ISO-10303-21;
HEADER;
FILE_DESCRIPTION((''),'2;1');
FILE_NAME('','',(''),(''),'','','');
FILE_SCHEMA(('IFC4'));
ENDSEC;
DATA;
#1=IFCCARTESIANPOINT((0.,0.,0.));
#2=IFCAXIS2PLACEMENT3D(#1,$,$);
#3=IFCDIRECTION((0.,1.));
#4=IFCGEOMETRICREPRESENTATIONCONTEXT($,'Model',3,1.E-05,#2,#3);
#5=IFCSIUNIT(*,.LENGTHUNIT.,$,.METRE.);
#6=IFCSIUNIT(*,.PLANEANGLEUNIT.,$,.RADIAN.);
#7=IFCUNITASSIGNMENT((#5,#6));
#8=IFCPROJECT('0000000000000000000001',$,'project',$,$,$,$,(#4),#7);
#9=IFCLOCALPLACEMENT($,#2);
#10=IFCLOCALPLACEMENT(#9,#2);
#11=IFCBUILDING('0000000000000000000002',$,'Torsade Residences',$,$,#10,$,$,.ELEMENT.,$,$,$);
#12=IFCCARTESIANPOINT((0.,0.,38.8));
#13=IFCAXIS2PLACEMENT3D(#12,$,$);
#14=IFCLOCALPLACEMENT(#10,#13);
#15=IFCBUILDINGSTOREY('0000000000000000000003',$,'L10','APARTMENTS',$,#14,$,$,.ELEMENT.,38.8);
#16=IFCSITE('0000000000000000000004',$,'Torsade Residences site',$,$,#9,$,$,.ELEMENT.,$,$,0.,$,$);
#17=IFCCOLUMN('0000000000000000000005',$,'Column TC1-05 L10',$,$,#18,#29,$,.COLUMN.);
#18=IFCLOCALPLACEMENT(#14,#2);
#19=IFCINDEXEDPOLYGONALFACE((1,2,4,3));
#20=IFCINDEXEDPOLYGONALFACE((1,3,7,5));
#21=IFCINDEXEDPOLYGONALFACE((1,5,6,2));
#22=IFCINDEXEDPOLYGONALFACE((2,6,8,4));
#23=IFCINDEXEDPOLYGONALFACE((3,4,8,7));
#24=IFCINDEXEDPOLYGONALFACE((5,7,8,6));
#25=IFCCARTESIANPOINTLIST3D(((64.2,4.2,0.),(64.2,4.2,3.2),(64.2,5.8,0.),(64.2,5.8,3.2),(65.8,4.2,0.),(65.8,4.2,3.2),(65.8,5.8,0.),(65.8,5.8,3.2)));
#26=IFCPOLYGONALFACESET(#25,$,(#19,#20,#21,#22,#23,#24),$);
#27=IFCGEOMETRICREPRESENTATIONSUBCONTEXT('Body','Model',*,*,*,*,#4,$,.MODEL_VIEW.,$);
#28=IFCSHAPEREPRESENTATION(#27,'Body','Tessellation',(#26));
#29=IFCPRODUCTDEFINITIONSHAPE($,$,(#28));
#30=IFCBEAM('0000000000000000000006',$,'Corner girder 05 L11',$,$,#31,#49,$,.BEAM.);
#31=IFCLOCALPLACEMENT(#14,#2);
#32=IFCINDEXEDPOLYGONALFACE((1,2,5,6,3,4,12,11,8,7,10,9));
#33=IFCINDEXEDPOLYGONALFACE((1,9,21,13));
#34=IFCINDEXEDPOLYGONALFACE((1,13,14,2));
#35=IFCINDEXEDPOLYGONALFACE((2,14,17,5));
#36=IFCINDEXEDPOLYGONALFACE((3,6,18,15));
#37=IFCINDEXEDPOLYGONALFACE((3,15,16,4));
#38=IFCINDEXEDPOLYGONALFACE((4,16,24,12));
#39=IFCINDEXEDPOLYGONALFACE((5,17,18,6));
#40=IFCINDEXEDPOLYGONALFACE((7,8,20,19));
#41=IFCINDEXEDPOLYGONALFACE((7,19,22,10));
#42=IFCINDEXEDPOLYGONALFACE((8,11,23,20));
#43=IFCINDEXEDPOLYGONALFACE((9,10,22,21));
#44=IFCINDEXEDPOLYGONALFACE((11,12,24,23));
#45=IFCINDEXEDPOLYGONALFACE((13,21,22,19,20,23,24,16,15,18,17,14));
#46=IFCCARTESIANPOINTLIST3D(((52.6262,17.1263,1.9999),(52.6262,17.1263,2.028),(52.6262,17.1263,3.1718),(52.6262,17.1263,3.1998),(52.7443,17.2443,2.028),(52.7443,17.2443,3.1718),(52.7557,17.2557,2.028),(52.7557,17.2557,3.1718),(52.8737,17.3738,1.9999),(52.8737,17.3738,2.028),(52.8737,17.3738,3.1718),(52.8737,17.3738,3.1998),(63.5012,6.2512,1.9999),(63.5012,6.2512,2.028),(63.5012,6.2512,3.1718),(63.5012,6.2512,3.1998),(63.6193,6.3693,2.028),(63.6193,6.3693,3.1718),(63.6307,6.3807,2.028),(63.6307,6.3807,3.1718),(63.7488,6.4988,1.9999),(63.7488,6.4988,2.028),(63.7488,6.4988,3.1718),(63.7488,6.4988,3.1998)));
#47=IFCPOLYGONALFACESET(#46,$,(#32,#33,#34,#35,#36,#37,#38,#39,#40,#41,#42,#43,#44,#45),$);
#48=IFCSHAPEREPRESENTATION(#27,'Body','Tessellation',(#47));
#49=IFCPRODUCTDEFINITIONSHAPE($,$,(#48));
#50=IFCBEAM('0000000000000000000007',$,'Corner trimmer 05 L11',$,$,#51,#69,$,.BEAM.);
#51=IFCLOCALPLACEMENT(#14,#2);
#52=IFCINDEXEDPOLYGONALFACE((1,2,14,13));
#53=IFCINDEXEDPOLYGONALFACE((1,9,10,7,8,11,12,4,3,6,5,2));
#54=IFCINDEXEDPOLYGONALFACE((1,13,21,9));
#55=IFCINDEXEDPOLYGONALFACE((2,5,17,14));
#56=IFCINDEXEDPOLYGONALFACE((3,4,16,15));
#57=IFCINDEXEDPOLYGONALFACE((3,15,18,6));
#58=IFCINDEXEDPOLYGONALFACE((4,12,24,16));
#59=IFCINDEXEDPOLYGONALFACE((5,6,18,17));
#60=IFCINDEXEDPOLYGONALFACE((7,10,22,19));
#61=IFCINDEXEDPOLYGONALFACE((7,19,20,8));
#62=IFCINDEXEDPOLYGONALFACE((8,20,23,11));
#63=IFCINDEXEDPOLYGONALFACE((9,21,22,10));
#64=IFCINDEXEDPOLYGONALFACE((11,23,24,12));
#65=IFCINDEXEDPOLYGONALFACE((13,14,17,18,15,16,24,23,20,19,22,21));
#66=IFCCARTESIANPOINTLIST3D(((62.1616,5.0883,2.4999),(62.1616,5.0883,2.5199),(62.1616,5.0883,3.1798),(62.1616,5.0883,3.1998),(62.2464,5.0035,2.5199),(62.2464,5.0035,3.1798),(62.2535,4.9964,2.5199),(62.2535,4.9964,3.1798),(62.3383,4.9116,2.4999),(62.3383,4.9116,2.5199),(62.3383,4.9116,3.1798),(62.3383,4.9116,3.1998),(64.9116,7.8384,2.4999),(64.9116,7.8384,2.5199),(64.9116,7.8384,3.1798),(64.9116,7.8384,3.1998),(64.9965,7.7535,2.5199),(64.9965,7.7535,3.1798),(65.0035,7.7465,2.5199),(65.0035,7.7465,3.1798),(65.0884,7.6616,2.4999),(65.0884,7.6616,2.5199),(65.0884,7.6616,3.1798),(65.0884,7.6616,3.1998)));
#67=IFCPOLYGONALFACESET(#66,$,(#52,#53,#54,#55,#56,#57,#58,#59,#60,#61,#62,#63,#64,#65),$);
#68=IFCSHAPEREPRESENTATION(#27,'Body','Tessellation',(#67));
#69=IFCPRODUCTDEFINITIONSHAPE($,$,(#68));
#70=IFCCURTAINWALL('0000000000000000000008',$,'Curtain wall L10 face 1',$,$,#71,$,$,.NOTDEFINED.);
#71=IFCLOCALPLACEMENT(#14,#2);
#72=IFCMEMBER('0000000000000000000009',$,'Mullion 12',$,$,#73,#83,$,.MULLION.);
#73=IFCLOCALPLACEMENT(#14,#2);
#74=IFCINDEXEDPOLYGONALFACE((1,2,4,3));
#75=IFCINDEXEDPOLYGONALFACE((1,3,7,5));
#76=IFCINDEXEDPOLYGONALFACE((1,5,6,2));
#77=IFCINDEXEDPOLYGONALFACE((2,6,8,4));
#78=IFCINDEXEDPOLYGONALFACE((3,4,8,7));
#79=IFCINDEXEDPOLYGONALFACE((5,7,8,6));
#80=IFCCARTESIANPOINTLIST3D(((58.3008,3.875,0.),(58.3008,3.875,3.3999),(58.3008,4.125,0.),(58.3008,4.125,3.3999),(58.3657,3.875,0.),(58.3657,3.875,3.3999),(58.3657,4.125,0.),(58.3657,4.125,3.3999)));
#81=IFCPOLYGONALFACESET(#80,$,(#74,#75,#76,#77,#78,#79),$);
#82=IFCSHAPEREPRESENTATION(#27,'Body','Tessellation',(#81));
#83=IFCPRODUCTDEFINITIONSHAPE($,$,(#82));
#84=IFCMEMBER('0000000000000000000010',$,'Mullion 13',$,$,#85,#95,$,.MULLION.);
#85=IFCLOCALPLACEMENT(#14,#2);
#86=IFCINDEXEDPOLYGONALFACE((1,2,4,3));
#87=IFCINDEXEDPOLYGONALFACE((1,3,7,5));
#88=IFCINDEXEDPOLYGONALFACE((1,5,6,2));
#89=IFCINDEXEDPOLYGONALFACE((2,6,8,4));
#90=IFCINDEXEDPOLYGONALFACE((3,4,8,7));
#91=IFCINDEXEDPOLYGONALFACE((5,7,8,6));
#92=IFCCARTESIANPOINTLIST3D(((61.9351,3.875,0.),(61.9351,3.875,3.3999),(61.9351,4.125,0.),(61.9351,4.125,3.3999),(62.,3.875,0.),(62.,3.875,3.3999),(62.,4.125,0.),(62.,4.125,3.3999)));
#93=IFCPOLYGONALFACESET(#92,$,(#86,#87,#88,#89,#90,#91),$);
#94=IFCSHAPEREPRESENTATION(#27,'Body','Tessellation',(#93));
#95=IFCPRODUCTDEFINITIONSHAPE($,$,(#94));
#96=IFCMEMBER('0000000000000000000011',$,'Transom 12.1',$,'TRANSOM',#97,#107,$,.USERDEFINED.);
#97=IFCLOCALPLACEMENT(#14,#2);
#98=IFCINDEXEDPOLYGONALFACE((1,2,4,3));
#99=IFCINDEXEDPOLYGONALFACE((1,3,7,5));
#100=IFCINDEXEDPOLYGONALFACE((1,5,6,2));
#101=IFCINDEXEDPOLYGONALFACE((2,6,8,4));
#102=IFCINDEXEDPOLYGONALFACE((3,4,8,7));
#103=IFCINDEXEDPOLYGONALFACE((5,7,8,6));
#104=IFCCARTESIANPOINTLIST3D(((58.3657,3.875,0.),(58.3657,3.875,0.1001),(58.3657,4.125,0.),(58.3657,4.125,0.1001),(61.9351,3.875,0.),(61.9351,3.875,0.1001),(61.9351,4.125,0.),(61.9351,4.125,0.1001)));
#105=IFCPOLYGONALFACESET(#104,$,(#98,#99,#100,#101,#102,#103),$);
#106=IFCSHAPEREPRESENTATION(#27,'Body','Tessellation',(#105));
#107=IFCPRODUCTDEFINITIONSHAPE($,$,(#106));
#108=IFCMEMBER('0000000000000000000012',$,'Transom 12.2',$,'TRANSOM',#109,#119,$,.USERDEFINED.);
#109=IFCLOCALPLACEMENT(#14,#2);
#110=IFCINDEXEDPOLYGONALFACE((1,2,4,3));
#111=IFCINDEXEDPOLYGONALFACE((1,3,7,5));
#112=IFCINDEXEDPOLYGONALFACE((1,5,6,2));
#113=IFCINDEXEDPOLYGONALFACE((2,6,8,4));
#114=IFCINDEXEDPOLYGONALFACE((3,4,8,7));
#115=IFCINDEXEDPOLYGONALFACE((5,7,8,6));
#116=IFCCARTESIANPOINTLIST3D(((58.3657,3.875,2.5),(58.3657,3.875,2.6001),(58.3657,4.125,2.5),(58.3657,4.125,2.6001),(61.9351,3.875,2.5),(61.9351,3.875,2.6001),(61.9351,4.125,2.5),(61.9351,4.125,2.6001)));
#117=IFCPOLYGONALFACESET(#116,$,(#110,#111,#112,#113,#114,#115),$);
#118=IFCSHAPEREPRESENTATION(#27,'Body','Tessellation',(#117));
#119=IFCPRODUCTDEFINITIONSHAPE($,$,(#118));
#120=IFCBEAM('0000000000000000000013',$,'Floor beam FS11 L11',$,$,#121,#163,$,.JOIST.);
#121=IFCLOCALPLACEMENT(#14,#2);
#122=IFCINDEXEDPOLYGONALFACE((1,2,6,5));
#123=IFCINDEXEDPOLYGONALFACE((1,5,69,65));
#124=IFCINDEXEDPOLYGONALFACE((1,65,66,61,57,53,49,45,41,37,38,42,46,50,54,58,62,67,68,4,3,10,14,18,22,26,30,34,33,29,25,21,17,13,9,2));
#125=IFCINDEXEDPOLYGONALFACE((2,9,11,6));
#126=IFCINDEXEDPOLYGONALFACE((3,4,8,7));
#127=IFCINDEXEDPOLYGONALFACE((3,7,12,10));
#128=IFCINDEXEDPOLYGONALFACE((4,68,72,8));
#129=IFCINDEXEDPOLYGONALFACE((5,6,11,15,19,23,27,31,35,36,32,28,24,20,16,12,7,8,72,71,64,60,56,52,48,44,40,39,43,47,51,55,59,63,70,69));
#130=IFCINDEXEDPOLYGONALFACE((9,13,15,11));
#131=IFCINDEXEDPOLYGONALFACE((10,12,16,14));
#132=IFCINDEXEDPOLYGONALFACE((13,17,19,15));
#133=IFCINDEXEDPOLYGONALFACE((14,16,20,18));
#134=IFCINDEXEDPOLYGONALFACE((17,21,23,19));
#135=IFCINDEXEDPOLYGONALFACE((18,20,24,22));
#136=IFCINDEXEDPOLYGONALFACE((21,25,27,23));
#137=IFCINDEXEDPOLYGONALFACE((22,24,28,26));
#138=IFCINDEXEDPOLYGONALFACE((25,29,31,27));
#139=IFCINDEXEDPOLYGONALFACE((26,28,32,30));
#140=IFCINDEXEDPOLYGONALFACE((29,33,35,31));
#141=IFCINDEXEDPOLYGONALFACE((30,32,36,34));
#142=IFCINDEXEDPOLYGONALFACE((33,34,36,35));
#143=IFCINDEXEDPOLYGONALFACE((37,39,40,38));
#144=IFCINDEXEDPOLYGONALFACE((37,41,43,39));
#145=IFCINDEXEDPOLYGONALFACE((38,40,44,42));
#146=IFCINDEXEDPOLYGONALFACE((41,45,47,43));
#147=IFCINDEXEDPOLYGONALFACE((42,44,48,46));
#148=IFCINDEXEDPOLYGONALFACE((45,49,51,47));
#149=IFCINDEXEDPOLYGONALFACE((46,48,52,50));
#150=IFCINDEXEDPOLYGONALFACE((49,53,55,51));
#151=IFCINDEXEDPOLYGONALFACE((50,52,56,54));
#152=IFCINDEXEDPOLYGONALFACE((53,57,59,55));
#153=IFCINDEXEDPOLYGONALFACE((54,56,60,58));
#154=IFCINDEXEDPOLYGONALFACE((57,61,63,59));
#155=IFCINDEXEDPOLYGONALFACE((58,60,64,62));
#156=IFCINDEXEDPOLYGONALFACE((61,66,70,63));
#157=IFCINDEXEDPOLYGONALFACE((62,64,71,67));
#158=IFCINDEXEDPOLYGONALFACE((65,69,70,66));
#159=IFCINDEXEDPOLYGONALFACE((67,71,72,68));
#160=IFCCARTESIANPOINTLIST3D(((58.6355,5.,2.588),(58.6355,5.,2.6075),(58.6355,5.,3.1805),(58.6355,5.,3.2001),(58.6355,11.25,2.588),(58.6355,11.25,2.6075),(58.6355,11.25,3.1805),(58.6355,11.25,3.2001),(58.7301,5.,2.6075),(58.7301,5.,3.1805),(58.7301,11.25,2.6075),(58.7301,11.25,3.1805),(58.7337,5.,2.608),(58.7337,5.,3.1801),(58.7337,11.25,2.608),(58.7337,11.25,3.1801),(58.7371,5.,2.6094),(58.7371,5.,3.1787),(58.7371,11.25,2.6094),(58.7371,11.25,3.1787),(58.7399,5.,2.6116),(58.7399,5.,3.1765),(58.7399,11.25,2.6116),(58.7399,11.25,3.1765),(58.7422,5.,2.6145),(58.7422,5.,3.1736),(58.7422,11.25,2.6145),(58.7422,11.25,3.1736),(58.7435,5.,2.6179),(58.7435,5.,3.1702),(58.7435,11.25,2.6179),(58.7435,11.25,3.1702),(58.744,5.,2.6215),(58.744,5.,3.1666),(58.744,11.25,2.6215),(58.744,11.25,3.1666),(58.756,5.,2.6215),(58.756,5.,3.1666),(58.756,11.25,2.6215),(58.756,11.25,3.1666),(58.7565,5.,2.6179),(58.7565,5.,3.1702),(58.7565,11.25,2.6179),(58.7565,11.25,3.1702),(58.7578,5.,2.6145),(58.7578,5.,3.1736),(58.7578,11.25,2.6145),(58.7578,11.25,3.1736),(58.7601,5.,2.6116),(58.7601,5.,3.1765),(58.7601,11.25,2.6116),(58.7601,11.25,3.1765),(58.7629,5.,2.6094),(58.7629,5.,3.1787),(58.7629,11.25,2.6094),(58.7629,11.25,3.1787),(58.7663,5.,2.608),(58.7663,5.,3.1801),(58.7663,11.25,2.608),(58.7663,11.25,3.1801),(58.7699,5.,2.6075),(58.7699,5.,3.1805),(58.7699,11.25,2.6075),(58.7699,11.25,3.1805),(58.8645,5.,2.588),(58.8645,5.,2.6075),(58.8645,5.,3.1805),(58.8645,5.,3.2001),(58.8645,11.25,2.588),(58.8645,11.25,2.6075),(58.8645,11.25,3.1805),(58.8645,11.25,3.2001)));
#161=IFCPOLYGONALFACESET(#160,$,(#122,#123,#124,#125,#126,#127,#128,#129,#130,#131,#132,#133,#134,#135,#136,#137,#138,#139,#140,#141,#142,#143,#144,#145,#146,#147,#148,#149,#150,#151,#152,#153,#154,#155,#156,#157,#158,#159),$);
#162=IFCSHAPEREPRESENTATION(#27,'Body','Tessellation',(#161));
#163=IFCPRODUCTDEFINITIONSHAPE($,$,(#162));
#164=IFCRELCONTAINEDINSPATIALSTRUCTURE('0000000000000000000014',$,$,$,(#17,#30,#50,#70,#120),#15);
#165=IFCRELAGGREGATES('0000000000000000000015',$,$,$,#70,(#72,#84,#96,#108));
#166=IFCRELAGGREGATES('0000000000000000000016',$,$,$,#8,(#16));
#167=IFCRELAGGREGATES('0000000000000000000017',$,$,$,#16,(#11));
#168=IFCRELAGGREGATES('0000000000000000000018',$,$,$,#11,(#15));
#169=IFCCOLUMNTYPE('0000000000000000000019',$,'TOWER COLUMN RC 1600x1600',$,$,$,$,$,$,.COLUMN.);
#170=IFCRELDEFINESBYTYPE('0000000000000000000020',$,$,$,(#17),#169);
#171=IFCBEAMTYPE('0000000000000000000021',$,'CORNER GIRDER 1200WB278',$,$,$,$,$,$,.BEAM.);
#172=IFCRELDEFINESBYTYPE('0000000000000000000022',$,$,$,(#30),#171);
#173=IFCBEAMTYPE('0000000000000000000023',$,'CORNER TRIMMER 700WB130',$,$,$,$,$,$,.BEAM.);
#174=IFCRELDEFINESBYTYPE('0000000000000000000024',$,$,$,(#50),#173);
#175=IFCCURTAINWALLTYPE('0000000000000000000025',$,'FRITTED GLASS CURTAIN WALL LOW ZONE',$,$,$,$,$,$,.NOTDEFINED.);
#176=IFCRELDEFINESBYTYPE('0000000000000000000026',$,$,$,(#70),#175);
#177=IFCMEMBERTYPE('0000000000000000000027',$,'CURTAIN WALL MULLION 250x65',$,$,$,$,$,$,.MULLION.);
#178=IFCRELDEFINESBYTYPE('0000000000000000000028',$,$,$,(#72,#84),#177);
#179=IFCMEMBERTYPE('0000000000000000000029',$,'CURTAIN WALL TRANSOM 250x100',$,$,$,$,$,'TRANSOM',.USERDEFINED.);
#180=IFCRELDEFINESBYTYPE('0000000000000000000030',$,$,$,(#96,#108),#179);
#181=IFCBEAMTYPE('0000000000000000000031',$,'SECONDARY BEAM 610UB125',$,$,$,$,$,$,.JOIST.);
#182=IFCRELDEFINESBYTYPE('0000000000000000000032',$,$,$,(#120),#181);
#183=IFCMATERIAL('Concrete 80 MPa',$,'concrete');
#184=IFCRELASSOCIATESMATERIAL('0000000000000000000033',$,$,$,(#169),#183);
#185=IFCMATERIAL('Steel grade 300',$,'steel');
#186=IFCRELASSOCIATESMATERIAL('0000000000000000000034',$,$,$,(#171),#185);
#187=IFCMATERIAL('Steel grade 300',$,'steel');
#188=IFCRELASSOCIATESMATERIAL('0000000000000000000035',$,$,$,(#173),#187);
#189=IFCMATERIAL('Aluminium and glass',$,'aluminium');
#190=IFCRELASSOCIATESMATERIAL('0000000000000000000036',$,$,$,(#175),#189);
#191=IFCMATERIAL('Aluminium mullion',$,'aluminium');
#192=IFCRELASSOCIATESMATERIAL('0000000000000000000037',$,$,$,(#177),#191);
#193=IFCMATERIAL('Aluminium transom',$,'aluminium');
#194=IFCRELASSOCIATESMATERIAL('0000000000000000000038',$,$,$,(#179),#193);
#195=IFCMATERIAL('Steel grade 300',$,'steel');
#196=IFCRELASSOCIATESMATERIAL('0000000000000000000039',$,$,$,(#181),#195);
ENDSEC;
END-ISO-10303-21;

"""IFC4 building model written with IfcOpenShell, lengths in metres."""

from ifc_helpers import new_model, si_unit, direction, frame, origin, origin_2d, place, context, subcontext, project, spatial, rectangle, i_section, extrude, material, material_profile, profile_set, type_object, element, aggregate, save


model = new_model("IFC4")

# Units and contexts
model_context = context("Model", 3, precision=1e-05, world=origin(), true_north=direction((0.0, 1.0)))
body_context = subcontext(model_context, "Body", "Model", "MODEL_VIEW")
ifc_project = project(units=[si_unit("LENGTHUNIT", "METRE"), si_unit("PLANEANGLEUNIT", "RADIAN")], contexts=[model_context])

# Site, building, storey
site_placement = place(None, origin())
site = spatial("IfcSite", under=ifc_project, at=site_placement, Name="Torsade Residences site", CompositionType="ELEMENT", RefElevation=0.0)
building_placement = place(site_placement, origin())
building = spatial("IfcBuilding", under=site, at=building_placement, Name="Torsade Residences", CompositionType="ELEMENT")
storey_placement = place(building_placement, frame((0.0, 0.0, 38.8)))
storey = spatial("IfcBuildingStorey", under=building, at=storey_placement, Name="L10", Description="APARTMENTS", CompositionType="ELEMENT", Elevation=38.8)

# Column
ifc_material_1 = material(Name="Concrete 80 MPa", Category="concrete")
ifc_material_profile_1 = material_profile(ifc_material_1, rectangle(XDim=1.6001, YDim=1.6001, at=origin_2d()), Name="RC 1600x1600")
ifc_profile_set_1 = profile_set([ifc_material_profile_1], Name="Concrete 80 MPa")
column_type = type_object("IfcColumnType", Name="TOWER COLUMN RC 1600x1600", PredefinedType="COLUMN", material=ifc_profile_set_1)
column_placement = place(storey_placement, frame((65.0, 5.0, 0.0), z_axis=(0.0, 0.0, 1.0), x_axis=(1.0, 0.0, 0.0)))
element("IfcColumn", 1, at=column_placement, inside=storey, type_object=column_type, Name="Column TC1-05 L10", PredefinedType="COLUMN", context=body_context, shape_type="SweptSolid", body=[
    extrude(rectangle(XDim=1.6001, YDim=1.6001, at=origin_2d()), origin(), (0.0, 0.0, 1.0), 3.2),
])

# Beams
ifc_material_2 = material(Name="Steel grade 300", Category="steel")
ifc_material_profile_2 = material_profile(ifc_material_2, i_section(OverallWidth=0.3501, OverallDepth=1.2, WebThickness=0.0161, FlangeThickness=0.0281, at=origin_2d()), Name="1200WB278")
ifc_profile_set_2 = profile_set([ifc_material_profile_2], Name="Steel grade 300")
beam_type_1 = type_object("IfcBeamType", Name="CORNER GIRDER 1200WB278", PredefinedType="BEAM", material=ifc_profile_set_2)
beam_1_placement = place(storey_placement, frame((63.625, 6.375, 2.5999), z_axis=(-0.707107, 0.707107, 0.0), x_axis=(-0.707107, -0.707107, 0.0)))
element("IfcBeam", 2, at=beam_1_placement, inside=storey, type_object=beam_type_1, Name="Corner girder 05 L11", PredefinedType="BEAM", context=body_context, shape_type="SweptSolid", body=[
    extrude(i_section(OverallWidth=0.3501, OverallDepth=1.2, WebThickness=0.0161, FlangeThickness=0.0281, at=origin_2d()), origin(), (0.0, 0.0, 1.0), 15.3796),
])
ifc_material_3 = material(Name="Steel grade 300", Category="steel")
ifc_material_profile_3 = material_profile(ifc_material_3, i_section(OverallWidth=0.25, OverallDepth=0.7, WebThickness=0.01, FlangeThickness=0.02, at=origin_2d()), Name="700WB130")
ifc_profile_set_3 = profile_set([ifc_material_profile_3], Name="Steel grade 300")
beam_type_2 = type_object("IfcBeamType", Name="CORNER TRIMMER 700WB130", PredefinedType="BEAM", material=ifc_profile_set_3)
beam_2_placement = place(storey_placement, frame((65.0, 7.75, 2.8499), z_axis=(-0.707107, -0.707107, 0.0), x_axis=(0.707107, -0.707107, 0.0)))
element("IfcBeam", 3, at=beam_2_placement, inside=storey, type_object=beam_type_2, Name="Corner trimmer 05 L11", PredefinedType="BEAM", context=body_context, shape_type="SweptSolid", body=[
    extrude(i_section(OverallWidth=0.25, OverallDepth=0.7, WebThickness=0.01, FlangeThickness=0.02, at=origin_2d()), origin(), (0.0, 0.0, 1.0), 3.8892),
])

# Curtain wall, members
ifc_material_4 = material(Name="Aluminium and glass", Category="aluminium")
curtain_wall_type = type_object("IfcCurtainWallType", Name="FRITTED GLASS CURTAIN WALL LOW ZONE", PredefinedType="NOTDEFINED", material=ifc_material_4)
curtain_wall_placement = place(storey_placement, origin())
curtain_wall = element("IfcCurtainWall", 4, at=curtain_wall_placement, inside=storey, type_object=curtain_wall_type, Name="Curtain wall L10 face 1", PredefinedType="NOTDEFINED")
ifc_material_5 = material(Name="Aluminium mullion", Category="aluminium")
ifc_material_profile_4 = material_profile(ifc_material_5, rectangle(XDim=0.25, YDim=0.0649, at=origin_2d()), Name="CURTAIN WALL MULLION 250x65")
ifc_profile_set_4 = profile_set([ifc_material_profile_4], Name="Aluminium mullion")
member_type_1 = type_object("IfcMemberType", Name="CURTAIN WALL MULLION 250x65", PredefinedType="MULLION", material=ifc_profile_set_4)
member_1_placement = place(storey_placement, frame((58.3333, 4.0, 0.0), z_axis=(0.0, 0.0, 1.0), x_axis=(0.0, 1.0, 0.0)))
member_1 = element("IfcMember", 5, at=member_1_placement, type_object=member_type_1, Name="Mullion 12", PredefinedType="MULLION", context=body_context, shape_type="SweptSolid", body=[
    extrude(rectangle(XDim=0.25, YDim=0.0649, at=origin_2d()), origin(), (0.0, 0.0, 1.0), 3.3999),
])
member_2_placement = place(storey_placement, frame((61.9675, 4.0, 0.0), z_axis=(0.0, 0.0, 1.0), x_axis=(0.0, 1.0, 0.0)))
member_2 = element("IfcMember", 6, at=member_2_placement, type_object=member_type_1, Name="Mullion 13", PredefinedType="MULLION", context=body_context, shape_type="SweptSolid", body=[
    extrude(rectangle(XDim=0.25, YDim=0.0649, at=origin_2d()), origin(), (0.0, 0.0, 1.0), 3.3999),
])
ifc_material_6 = material(Name="Aluminium transom", Category="aluminium")
ifc_material_profile_5 = material_profile(ifc_material_6, rectangle(XDim=0.25, YDim=0.1001, at=origin_2d()), Name="CURTAIN WALL TRANSOM 250x100")
ifc_profile_set_5 = profile_set([ifc_material_profile_5], Name="Aluminium transom")
member_type_2 = type_object("IfcMemberType", Name="CURTAIN WALL TRANSOM 250x100", ElementType="TRANSOM", PredefinedType="USERDEFINED", material=ifc_profile_set_5)
member_3_placement = place(storey_placement, frame((58.3657, 4.0, 0.05), z_axis=(1.0, 0.0, 0.0), x_axis=(0.0, 1.0, 0.0)))
member_3 = element("IfcMember", 7, at=member_3_placement, type_object=member_type_2, Name="Transom 12.1", ObjectType="TRANSOM", PredefinedType="USERDEFINED", context=body_context, shape_type="SweptSolid", body=[
    extrude(rectangle(XDim=0.25, YDim=0.1001, at=origin_2d()), origin(), (0.0, 0.0, 1.0), 3.5693),
])
member_4_placement = place(storey_placement, frame((58.3657, 4.0, 2.55), z_axis=(1.0, 0.0, 0.0), x_axis=(0.0, 1.0, 0.0)))
member_4 = element("IfcMember", 8, at=member_4_placement, type_object=member_type_2, Name="Transom 12.2", ObjectType="TRANSOM", PredefinedType="USERDEFINED", context=body_context, shape_type="SweptSolid", body=[
    extrude(rectangle(XDim=0.25, YDim=0.1001, at=origin_2d()), origin(), (0.0, 0.0, 1.0), 3.5693),
])

# Beam
ifc_material_7 = material(Name="Steel grade 300", Category="steel")
ifc_material_profile_6 = material_profile(ifc_material_7, i_section(OverallWidth=0.229, OverallDepth=0.6121, WebThickness=0.012, FlangeThickness=0.0195, FilletRadius=0.0139, at=origin_2d()), Name="610UB125")
ifc_profile_set_6 = profile_set([ifc_material_profile_6], Name="Steel grade 300")
beam_type_3 = type_object("IfcBeamType", Name="SECONDARY BEAM 610UB125", PredefinedType="JOIST", material=ifc_profile_set_6)
beam_3_placement = place(storey_placement, frame((58.75, 5.0, 2.894), z_axis=(0.0, 1.0, 0.0), x_axis=(-1.0, 0.0, 0.0)))
element("IfcBeam", 9, at=beam_3_placement, inside=storey, type_object=beam_type_3, Name="Floor beam FS11 L11", PredefinedType="JOIST", context=body_context, shape_type="SweptSolid", body=[
    extrude(i_section(OverallWidth=0.229, OverallDepth=0.6121, WebThickness=0.012, FlangeThickness=0.0195, FilletRadius=0.0139, at=origin_2d()), origin(), (0.0, 0.0, 1.0), 6.25),
])

aggregate(curtain_wall, [member_1, member_2, member_3, member_4])

save(model, "model.ifc")
